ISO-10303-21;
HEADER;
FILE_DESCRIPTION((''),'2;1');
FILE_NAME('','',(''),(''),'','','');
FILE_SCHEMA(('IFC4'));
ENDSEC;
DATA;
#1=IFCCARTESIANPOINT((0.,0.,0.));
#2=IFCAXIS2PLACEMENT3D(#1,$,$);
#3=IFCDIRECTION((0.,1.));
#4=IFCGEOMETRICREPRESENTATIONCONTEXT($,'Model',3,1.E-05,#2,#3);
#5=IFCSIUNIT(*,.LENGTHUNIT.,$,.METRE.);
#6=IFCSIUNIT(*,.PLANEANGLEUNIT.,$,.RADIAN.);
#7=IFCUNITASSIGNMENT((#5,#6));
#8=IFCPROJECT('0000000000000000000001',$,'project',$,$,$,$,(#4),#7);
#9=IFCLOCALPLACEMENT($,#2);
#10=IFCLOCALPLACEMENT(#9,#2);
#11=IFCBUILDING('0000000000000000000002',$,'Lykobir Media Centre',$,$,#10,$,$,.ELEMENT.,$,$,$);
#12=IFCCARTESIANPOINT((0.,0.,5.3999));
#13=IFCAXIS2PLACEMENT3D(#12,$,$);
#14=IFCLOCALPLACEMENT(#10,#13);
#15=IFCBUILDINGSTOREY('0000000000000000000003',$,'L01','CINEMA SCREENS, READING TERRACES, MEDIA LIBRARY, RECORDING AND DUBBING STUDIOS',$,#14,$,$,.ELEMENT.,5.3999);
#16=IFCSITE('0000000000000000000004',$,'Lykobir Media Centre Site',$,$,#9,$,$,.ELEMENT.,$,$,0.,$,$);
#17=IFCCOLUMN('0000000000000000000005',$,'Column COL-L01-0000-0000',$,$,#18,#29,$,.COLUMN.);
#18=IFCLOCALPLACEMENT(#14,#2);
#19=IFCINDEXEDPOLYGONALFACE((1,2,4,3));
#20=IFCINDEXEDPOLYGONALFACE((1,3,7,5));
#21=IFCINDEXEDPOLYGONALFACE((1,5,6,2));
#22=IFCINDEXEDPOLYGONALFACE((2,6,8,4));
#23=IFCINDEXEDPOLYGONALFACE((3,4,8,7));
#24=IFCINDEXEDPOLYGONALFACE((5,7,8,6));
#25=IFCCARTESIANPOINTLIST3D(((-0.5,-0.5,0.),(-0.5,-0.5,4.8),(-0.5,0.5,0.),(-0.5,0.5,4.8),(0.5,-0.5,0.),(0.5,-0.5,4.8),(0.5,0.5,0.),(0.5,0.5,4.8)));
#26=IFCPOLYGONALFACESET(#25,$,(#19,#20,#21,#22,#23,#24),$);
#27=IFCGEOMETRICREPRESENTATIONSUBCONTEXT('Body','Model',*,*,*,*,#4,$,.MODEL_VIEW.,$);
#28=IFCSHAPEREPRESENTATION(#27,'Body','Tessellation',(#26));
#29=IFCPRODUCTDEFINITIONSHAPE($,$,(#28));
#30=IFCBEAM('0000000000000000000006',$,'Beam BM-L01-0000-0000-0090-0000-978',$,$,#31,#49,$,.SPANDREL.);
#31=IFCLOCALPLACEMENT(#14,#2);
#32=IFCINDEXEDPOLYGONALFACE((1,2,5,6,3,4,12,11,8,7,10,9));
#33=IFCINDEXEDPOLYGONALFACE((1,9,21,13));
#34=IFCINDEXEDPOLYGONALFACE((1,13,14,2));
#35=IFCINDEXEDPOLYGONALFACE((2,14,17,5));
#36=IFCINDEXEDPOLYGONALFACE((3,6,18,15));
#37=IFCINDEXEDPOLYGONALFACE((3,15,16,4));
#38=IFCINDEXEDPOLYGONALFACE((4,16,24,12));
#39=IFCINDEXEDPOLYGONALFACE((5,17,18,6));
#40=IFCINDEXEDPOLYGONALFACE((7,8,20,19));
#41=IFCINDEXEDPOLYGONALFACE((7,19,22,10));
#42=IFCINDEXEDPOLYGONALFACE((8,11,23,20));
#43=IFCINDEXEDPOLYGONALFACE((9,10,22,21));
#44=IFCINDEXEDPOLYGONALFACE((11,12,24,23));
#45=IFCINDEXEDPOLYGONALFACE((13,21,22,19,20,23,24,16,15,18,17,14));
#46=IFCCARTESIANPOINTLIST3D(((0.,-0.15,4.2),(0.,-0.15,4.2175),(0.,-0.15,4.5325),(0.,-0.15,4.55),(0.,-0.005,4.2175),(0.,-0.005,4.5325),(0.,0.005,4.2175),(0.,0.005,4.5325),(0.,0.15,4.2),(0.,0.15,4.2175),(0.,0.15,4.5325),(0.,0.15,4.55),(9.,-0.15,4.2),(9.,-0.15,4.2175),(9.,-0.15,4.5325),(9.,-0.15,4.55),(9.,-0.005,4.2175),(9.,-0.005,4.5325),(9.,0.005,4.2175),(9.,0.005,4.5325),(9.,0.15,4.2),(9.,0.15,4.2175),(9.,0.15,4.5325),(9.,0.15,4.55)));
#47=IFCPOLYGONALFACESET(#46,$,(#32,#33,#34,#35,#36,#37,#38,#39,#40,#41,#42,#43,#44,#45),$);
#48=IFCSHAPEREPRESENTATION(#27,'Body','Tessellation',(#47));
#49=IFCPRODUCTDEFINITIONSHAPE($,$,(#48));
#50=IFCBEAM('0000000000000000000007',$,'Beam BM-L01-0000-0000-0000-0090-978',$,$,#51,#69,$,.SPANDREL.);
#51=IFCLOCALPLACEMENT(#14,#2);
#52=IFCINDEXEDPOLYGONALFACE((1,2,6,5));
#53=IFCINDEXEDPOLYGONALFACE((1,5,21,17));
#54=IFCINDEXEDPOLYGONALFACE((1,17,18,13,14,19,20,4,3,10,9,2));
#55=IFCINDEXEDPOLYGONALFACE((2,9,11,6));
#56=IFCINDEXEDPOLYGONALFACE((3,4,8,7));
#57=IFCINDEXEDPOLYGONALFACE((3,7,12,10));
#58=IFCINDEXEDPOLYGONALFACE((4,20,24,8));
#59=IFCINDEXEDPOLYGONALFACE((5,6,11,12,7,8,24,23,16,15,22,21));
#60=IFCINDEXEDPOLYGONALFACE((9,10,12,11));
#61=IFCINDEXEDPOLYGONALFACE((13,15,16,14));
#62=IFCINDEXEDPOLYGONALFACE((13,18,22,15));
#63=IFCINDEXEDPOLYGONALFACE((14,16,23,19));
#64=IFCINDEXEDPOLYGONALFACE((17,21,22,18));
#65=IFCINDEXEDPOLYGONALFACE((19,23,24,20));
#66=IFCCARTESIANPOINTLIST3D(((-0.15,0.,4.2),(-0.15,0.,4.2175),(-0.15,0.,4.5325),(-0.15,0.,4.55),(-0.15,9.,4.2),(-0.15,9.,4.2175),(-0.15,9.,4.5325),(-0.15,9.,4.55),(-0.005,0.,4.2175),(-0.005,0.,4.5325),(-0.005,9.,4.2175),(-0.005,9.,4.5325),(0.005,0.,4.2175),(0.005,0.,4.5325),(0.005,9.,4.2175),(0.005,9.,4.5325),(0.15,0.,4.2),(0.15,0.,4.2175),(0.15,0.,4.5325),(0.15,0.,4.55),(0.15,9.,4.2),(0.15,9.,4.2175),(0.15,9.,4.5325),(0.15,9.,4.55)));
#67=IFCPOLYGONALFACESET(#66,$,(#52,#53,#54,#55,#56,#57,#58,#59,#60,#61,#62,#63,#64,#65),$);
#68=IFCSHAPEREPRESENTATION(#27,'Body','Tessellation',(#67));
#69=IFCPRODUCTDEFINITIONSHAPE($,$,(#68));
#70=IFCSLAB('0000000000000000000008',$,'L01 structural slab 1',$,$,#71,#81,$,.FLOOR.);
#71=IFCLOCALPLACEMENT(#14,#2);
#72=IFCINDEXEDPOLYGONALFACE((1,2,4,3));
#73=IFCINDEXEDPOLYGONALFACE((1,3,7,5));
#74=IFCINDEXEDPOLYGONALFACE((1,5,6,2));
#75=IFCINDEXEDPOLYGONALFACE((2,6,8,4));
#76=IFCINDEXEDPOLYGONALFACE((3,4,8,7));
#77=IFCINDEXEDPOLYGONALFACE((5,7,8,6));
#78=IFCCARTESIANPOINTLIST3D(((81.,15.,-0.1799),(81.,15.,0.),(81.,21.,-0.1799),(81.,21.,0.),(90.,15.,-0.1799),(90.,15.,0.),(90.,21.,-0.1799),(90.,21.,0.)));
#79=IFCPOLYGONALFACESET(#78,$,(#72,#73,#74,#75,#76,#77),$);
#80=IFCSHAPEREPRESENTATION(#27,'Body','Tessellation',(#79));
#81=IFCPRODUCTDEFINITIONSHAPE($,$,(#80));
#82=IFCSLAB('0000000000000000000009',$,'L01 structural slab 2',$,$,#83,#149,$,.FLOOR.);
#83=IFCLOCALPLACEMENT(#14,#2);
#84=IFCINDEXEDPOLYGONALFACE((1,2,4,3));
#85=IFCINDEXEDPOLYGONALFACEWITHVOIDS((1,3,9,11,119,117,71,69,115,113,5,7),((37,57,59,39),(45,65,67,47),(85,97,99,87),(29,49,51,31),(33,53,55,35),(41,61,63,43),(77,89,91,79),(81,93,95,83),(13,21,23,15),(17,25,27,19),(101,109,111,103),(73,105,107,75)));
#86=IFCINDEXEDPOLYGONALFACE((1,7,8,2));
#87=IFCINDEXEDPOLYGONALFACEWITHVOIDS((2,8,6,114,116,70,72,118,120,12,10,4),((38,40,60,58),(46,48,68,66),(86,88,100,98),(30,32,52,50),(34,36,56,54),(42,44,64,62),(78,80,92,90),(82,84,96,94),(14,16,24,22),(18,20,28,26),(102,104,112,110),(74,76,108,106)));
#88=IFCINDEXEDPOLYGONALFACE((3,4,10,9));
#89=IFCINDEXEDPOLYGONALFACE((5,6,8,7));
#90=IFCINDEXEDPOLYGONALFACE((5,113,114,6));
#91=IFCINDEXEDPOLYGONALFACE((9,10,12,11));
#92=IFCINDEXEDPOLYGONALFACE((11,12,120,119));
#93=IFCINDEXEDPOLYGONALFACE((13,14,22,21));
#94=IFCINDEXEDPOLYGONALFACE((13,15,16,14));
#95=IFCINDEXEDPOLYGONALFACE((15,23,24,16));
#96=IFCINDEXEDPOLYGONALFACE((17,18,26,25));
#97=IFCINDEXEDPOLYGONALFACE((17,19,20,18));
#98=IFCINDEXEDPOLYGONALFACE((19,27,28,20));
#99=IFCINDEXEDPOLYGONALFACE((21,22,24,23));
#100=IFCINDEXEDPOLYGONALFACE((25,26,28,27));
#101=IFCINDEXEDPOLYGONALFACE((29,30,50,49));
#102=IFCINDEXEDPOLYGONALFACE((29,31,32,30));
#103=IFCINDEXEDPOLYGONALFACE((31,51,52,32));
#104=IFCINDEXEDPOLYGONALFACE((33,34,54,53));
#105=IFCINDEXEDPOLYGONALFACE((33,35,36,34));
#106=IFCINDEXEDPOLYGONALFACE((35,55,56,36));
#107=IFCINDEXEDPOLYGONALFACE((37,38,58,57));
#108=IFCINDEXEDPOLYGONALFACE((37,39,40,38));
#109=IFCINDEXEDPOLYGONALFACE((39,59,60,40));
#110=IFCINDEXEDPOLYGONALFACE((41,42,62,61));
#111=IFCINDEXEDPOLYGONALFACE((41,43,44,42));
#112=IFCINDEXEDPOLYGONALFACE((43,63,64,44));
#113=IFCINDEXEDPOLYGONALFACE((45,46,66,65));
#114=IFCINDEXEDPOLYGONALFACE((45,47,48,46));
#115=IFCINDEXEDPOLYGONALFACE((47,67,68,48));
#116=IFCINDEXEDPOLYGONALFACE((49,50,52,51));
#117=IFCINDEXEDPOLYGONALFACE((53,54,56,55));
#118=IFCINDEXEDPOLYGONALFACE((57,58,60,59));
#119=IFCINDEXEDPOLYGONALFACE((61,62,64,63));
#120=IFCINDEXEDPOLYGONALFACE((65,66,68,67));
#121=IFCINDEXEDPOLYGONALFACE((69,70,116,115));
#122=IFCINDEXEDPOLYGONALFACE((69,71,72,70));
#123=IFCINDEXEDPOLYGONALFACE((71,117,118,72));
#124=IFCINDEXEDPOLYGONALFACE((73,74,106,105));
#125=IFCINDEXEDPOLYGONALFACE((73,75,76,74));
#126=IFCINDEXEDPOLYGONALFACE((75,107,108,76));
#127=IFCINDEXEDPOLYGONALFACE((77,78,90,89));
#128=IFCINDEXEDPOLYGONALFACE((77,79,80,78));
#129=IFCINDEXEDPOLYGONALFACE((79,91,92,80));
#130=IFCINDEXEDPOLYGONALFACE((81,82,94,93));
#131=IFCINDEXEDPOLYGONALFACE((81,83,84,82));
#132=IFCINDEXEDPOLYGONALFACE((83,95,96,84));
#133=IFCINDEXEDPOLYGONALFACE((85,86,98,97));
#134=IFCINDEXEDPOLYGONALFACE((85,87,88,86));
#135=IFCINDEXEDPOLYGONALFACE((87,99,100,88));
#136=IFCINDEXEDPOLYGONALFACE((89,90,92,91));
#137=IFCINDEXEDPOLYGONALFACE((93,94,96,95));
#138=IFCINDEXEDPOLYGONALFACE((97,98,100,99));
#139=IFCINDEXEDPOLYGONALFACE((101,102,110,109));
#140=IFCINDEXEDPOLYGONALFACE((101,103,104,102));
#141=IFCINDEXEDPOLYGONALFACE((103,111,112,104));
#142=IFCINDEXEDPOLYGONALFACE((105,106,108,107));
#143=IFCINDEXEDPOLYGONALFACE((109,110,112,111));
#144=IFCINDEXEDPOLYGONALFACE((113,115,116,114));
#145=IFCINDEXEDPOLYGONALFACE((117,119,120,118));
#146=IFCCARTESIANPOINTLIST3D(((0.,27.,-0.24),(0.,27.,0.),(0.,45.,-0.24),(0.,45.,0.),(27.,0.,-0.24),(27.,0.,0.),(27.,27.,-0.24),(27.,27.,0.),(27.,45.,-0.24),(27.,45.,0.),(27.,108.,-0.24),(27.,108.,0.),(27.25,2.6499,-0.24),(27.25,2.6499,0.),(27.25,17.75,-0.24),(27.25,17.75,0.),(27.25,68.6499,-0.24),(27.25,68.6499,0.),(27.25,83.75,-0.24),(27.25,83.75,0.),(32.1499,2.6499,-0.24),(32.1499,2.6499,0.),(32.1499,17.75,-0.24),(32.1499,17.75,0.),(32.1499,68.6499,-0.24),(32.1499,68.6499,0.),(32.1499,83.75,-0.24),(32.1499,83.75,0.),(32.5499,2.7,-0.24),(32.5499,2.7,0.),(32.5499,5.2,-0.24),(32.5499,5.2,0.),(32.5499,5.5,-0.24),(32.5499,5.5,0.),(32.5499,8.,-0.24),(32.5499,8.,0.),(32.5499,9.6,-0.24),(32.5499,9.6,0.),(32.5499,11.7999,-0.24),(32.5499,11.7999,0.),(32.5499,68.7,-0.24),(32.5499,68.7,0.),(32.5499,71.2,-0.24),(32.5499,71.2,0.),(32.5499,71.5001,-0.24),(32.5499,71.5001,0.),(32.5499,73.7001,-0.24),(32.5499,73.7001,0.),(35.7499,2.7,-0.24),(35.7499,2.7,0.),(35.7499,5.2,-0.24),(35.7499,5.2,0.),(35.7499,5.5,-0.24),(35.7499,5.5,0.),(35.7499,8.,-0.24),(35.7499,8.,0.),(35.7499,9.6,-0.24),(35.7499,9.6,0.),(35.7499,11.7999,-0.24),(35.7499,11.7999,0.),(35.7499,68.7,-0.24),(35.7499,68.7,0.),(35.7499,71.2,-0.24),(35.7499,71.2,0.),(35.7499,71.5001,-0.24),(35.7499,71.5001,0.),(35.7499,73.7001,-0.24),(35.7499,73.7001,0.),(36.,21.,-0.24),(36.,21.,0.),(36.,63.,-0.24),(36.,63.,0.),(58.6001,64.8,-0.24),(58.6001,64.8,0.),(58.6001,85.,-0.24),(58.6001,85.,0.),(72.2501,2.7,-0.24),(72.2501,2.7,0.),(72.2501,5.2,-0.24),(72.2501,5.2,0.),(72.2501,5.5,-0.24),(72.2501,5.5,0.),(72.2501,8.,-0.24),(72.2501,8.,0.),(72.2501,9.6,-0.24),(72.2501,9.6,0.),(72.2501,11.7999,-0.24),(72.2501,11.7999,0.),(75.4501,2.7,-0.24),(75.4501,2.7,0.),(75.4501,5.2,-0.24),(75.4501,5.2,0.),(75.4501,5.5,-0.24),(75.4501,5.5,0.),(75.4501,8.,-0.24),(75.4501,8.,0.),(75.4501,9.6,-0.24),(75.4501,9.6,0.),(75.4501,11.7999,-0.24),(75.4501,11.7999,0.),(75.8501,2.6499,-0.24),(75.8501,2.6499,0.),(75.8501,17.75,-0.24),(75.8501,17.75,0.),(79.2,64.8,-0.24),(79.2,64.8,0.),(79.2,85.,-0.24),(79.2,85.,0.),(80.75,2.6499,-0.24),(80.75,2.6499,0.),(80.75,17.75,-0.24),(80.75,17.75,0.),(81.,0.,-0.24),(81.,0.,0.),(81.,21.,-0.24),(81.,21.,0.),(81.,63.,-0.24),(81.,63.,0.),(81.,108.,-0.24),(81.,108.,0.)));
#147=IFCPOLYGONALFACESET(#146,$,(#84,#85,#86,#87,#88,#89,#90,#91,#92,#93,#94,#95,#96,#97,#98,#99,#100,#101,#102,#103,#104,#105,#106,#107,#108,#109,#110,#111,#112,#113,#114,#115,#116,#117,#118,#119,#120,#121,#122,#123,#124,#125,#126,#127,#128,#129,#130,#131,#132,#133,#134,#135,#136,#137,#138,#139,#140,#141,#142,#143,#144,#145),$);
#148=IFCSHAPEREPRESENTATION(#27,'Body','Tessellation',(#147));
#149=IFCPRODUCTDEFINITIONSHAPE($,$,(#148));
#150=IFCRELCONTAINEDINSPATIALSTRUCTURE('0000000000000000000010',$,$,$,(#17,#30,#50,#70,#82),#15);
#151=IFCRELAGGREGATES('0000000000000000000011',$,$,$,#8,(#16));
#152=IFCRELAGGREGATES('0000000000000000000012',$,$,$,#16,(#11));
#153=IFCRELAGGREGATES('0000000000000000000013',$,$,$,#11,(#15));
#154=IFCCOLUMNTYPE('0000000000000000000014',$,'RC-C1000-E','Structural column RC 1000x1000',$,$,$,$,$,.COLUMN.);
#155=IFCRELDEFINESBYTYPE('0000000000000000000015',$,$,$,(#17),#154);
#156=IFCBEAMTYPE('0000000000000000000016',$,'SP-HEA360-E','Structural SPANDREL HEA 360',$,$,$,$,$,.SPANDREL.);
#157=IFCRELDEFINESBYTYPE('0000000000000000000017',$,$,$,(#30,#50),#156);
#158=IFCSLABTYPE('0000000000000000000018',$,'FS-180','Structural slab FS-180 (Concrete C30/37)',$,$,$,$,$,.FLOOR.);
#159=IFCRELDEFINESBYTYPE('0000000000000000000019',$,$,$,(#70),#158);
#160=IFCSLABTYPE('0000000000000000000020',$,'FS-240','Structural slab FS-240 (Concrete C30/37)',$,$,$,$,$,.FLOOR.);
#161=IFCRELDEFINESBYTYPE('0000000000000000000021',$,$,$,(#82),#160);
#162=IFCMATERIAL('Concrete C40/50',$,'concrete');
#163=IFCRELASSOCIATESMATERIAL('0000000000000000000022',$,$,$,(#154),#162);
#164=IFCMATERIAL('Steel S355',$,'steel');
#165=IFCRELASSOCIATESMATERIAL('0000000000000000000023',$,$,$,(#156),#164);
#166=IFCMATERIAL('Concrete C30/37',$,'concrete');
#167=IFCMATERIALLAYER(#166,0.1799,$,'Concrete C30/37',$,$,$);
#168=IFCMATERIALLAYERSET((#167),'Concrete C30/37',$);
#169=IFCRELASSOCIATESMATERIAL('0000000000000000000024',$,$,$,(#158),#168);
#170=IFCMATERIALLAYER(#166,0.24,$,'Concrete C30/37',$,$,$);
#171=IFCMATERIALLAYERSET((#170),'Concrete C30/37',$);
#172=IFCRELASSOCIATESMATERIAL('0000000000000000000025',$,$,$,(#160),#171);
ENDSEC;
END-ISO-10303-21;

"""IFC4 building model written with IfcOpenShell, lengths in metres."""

from ifc_helpers import new_model, si_unit, direction, frame, origin, origin_with_axes, origin_2d, place, context, subcontext, project, spatial, polyline, rectangle, i_section, outline, extrude, material, layer, layer_set, material_profile, profile_set, type_object, element, save


model = new_model("IFC4")

# Units and contexts
model_context = context("Model", 3, precision=1e-05, world=origin(), true_north=direction((0.0, 1.0)))
body_context = subcontext(model_context, "Body", "Model", "MODEL_VIEW")
ifc_project = project(units=[si_unit("LENGTHUNIT", "METRE"), si_unit("PLANEANGLEUNIT", "RADIAN")], contexts=[model_context])

# Site, building, storey
site_placement = place(None, origin())
site = spatial("IfcSite", under=ifc_project, at=site_placement, Name="Lykobir Media Centre Site", CompositionType="ELEMENT", RefElevation=0.0)
building_placement = place(site_placement, origin())
building = spatial("IfcBuilding", under=site, at=building_placement, Name="Lykobir Media Centre", CompositionType="ELEMENT")
storey_placement = place(building_placement, frame((0.0, 0.0, 5.3999)))
storey = spatial("IfcBuildingStorey", under=building, at=storey_placement, Name="L01", Description="CINEMA SCREENS, READING TERRACES, MEDIA LIBRARY, RECORDING AND DUBBING STUDIOS", CompositionType="ELEMENT", Elevation=5.3999)

# Column
ifc_material_1 = material(Name="Concrete C40/50", Category="concrete")
ifc_material_profile_1 = material_profile(ifc_material_1, rectangle(XDim=1.0, YDim=1.0, at=origin_2d()), Name="RC 1000x1000")
ifc_profile_set_1 = profile_set([ifc_material_profile_1], Name="Concrete C40/50")
column_type = type_object("IfcColumnType", Name="RC-C1000-E", Description="Structural column RC 1000x1000", PredefinedType="COLUMN", material=ifc_profile_set_1)
column_placement = place(storey_placement, origin_with_axes())
element("IfcColumn", 1, at=column_placement, inside=storey, type_object=column_type, Name="Column COL-L01-0000-0000", PredefinedType="COLUMN", context=body_context, shape_type="SweptSolid", body=[
    extrude(rectangle(XDim=1.0, YDim=1.0, at=origin_2d()), origin(), (0.0, 0.0, 1.0), 4.8),
])

# Beams
ifc_material_2 = material(Name="Steel S355", Category="steel")
ifc_material_profile_2 = material_profile(ifc_material_2, i_section(OverallWidth=0.3, OverallDepth=0.3501, WebThickness=0.01, FlangeThickness=0.0176, at=origin_2d()), Name="HEA 360")
ifc_profile_set_2 = profile_set([ifc_material_profile_2], Name="Steel S355")
beam_type = type_object("IfcBeamType", Name="SP-HEA360-E", Description="Structural SPANDREL HEA 360", PredefinedType="SPANDREL", material=ifc_profile_set_2)
for number, where, z_axis, x_axis, name in (
    (2, (0.0, 0.0, 4.375), (1.0, 0.0, 0.0), (0.0, 1.0, 0.0), "Beam BM-L01-0000-0000-0090-0000-978"),
    (3, (0.0, 0.0, 4.375), (0.0, 1.0, 0.0), (-1.0, 0.0, 0.0), "Beam BM-L01-0000-0000-0000-0090-978"),
):
    element("IfcBeam", number, at=place(storey_placement, frame(where, z_axis=z_axis, x_axis=x_axis)), inside=storey, type_object=beam_type, Name=name, PredefinedType="SPANDREL", context=body_context, shape_type="SweptSolid", body=[
        extrude(i_section(OverallWidth=0.3, OverallDepth=0.3501, WebThickness=0.01, FlangeThickness=0.0176, at=origin_2d()), origin(), (0.0, 0.0, 1.0), 9.0),
    ])

# Slab
ifc_material_3 = material(Name="Concrete C30/37", Category="concrete")
ifc_layer_1 = layer(ifc_material_3, 0.1799, Name="Concrete C30/37")
ifc_layer_set_1 = layer_set([ifc_layer_1], Name="Concrete C30/37")
slab_type_1 = type_object("IfcSlabType", Name="FS-180", Description="Structural slab FS-180 (Concrete C30/37)", PredefinedType="FLOOR", material=ifc_layer_set_1)
slab_1_placement = place(storey_placement, frame((0.0, 0.0, -0.1799)))
element("IfcSlab", 4, at=slab_1_placement, inside=storey, type_object=slab_type_1, Name="L01 structural slab 1", PredefinedType="FLOOR", context=body_context, shape_type="SweptSolid", body=[
    extrude(outline(polyline([(90.0, 15.0), (90.0, 21.0), (81.0, 21.0), (81.0, 15.0), (90.0, 15.0)])), origin(), (0.0, 0.0, 1.0), 0.1799),
])

# Slab, openings
ifc_layer_2 = layer(ifc_material_3, 0.24, Name="Concrete C30/37")
ifc_layer_set_2 = layer_set([ifc_layer_2], Name="Concrete C30/37")
slab_type_2 = type_object("IfcSlabType", Name="FS-240", Description="Structural slab FS-240 (Concrete C30/37)", PredefinedType="FLOOR", material=ifc_layer_set_2)
slab_2_placement = place(storey_placement, frame((0.0, 0.0, -0.24)))
slab_2 = element("IfcSlab", 5, at=slab_2_placement, inside=storey, type_object=slab_type_2, Name="L01 structural slab 2", PredefinedType="FLOOR", context=body_context, shape_type="SweptSolid", body=[
    extrude(outline(polyline([(81.0, 21.0), (36.0, 21.0), (36.0, 63.0), (81.0, 63.0), (81.0, 108.0), (27.0, 108.0), (27.0, 63.0), (27.0, 45.0), (0.0, 45.0), (0.0, 27.0), (27.0, 27.0), (27.0, 21.0), (27.0, 0.0), (81.0, 0.0), (81.0, 21.0)]), holes=[polyline([(32.1499, 2.6499), (27.25, 2.6499), (27.25, 17.75), (32.1499, 17.75), (32.1499, 2.6499)]), polyline([(80.75, 2.6499), (75.8501, 2.6499), (75.8501, 17.75), (80.75, 17.75), (80.75, 2.6499)]), polyline([(79.2, 85.0), (79.2, 64.8), (58.6001, 64.8), (58.6001, 85.0), (79.2, 85.0)]), polyline([(32.1499, 68.6499), (27.25, 68.6499), (27.25, 83.75), (32.1499, 83.75), (32.1499, 68.6499)])]), origin(), (0.0, 0.0, 1.0), 0.24),
])
opening_1_placement = place(slab_2_placement, frame((34.1499, 3.95, 0.0)))
element("IfcOpeningElement", 6, at=opening_1_placement, cuts=slab_2, PredefinedType="OPENING", context=body_context, shape_type="SweptSolid", body=[
    extrude(rectangle(XDim=3.2, YDim=2.5, at=origin_2d()), origin(), (0.0, 0.0, 1.0), 0.24),
])
opening_2_placement = place(slab_2_placement, frame((34.1499, 6.75, 0.0)))
element("IfcOpeningElement", 7, at=opening_2_placement, cuts=slab_2, PredefinedType="OPENING", context=body_context, shape_type="SweptSolid", body=[
    extrude(rectangle(XDim=3.2, YDim=2.5, at=origin_2d()), origin(), (0.0, 0.0, 1.0), 0.24),
])
opening_3_placement = place(slab_2_placement, frame((34.1499, 10.7, 0.0)))
element("IfcOpeningElement", 8, at=opening_3_placement, cuts=slab_2, PredefinedType="OPENING", context=body_context, shape_type="SweptSolid", body=[
    extrude(rectangle(XDim=3.2, YDim=2.2, at=origin_2d()), origin(), (0.0, 0.0, 1.0), 0.24),
])
opening_4_placement = place(slab_2_placement, frame((73.8501, 3.95, 0.0)))
element("IfcOpeningElement", 9, at=opening_4_placement, cuts=slab_2, PredefinedType="OPENING", context=body_context, shape_type="SweptSolid", body=[
    extrude(rectangle(XDim=3.2, YDim=2.5, at=origin_2d()), origin(), (0.0, 0.0, 1.0), 0.24),
])
opening_5_placement = place(slab_2_placement, frame((73.8501, 6.75, 0.0)))
element("IfcOpeningElement", 10, at=opening_5_placement, cuts=slab_2, PredefinedType="OPENING", context=body_context, shape_type="SweptSolid", body=[
    extrude(rectangle(XDim=3.2, YDim=2.5, at=origin_2d()), origin(), (0.0, 0.0, 1.0), 0.24),
])
opening_6_placement = place(slab_2_placement, frame((73.8501, 10.7, 0.0)))
element("IfcOpeningElement", 11, at=opening_6_placement, cuts=slab_2, PredefinedType="OPENING", context=body_context, shape_type="SweptSolid", body=[
    extrude(rectangle(XDim=3.2, YDim=2.2, at=origin_2d()), origin(), (0.0, 0.0, 1.0), 0.24),
])
opening_7_placement = place(slab_2_placement, frame((34.1499, 69.95, 0.0)))
element("IfcOpeningElement", 12, at=opening_7_placement, cuts=slab_2, PredefinedType="OPENING", context=body_context, shape_type="SweptSolid", body=[
    extrude(rectangle(XDim=3.2, YDim=2.5, at=origin_2d()), origin(), (0.0, 0.0, 1.0), 0.24),
])
opening_8_placement = place(slab_2_placement, frame((34.1499, 72.6001, 0.0)))
element("IfcOpeningElement", 13, at=opening_8_placement, cuts=slab_2, PredefinedType="OPENING", context=body_context, shape_type="SweptSolid", body=[
    extrude(rectangle(XDim=3.2, YDim=2.2, at=origin_2d()), origin(), (0.0, 0.0, 1.0), 0.24),
])

save(model, "model.ifc")
